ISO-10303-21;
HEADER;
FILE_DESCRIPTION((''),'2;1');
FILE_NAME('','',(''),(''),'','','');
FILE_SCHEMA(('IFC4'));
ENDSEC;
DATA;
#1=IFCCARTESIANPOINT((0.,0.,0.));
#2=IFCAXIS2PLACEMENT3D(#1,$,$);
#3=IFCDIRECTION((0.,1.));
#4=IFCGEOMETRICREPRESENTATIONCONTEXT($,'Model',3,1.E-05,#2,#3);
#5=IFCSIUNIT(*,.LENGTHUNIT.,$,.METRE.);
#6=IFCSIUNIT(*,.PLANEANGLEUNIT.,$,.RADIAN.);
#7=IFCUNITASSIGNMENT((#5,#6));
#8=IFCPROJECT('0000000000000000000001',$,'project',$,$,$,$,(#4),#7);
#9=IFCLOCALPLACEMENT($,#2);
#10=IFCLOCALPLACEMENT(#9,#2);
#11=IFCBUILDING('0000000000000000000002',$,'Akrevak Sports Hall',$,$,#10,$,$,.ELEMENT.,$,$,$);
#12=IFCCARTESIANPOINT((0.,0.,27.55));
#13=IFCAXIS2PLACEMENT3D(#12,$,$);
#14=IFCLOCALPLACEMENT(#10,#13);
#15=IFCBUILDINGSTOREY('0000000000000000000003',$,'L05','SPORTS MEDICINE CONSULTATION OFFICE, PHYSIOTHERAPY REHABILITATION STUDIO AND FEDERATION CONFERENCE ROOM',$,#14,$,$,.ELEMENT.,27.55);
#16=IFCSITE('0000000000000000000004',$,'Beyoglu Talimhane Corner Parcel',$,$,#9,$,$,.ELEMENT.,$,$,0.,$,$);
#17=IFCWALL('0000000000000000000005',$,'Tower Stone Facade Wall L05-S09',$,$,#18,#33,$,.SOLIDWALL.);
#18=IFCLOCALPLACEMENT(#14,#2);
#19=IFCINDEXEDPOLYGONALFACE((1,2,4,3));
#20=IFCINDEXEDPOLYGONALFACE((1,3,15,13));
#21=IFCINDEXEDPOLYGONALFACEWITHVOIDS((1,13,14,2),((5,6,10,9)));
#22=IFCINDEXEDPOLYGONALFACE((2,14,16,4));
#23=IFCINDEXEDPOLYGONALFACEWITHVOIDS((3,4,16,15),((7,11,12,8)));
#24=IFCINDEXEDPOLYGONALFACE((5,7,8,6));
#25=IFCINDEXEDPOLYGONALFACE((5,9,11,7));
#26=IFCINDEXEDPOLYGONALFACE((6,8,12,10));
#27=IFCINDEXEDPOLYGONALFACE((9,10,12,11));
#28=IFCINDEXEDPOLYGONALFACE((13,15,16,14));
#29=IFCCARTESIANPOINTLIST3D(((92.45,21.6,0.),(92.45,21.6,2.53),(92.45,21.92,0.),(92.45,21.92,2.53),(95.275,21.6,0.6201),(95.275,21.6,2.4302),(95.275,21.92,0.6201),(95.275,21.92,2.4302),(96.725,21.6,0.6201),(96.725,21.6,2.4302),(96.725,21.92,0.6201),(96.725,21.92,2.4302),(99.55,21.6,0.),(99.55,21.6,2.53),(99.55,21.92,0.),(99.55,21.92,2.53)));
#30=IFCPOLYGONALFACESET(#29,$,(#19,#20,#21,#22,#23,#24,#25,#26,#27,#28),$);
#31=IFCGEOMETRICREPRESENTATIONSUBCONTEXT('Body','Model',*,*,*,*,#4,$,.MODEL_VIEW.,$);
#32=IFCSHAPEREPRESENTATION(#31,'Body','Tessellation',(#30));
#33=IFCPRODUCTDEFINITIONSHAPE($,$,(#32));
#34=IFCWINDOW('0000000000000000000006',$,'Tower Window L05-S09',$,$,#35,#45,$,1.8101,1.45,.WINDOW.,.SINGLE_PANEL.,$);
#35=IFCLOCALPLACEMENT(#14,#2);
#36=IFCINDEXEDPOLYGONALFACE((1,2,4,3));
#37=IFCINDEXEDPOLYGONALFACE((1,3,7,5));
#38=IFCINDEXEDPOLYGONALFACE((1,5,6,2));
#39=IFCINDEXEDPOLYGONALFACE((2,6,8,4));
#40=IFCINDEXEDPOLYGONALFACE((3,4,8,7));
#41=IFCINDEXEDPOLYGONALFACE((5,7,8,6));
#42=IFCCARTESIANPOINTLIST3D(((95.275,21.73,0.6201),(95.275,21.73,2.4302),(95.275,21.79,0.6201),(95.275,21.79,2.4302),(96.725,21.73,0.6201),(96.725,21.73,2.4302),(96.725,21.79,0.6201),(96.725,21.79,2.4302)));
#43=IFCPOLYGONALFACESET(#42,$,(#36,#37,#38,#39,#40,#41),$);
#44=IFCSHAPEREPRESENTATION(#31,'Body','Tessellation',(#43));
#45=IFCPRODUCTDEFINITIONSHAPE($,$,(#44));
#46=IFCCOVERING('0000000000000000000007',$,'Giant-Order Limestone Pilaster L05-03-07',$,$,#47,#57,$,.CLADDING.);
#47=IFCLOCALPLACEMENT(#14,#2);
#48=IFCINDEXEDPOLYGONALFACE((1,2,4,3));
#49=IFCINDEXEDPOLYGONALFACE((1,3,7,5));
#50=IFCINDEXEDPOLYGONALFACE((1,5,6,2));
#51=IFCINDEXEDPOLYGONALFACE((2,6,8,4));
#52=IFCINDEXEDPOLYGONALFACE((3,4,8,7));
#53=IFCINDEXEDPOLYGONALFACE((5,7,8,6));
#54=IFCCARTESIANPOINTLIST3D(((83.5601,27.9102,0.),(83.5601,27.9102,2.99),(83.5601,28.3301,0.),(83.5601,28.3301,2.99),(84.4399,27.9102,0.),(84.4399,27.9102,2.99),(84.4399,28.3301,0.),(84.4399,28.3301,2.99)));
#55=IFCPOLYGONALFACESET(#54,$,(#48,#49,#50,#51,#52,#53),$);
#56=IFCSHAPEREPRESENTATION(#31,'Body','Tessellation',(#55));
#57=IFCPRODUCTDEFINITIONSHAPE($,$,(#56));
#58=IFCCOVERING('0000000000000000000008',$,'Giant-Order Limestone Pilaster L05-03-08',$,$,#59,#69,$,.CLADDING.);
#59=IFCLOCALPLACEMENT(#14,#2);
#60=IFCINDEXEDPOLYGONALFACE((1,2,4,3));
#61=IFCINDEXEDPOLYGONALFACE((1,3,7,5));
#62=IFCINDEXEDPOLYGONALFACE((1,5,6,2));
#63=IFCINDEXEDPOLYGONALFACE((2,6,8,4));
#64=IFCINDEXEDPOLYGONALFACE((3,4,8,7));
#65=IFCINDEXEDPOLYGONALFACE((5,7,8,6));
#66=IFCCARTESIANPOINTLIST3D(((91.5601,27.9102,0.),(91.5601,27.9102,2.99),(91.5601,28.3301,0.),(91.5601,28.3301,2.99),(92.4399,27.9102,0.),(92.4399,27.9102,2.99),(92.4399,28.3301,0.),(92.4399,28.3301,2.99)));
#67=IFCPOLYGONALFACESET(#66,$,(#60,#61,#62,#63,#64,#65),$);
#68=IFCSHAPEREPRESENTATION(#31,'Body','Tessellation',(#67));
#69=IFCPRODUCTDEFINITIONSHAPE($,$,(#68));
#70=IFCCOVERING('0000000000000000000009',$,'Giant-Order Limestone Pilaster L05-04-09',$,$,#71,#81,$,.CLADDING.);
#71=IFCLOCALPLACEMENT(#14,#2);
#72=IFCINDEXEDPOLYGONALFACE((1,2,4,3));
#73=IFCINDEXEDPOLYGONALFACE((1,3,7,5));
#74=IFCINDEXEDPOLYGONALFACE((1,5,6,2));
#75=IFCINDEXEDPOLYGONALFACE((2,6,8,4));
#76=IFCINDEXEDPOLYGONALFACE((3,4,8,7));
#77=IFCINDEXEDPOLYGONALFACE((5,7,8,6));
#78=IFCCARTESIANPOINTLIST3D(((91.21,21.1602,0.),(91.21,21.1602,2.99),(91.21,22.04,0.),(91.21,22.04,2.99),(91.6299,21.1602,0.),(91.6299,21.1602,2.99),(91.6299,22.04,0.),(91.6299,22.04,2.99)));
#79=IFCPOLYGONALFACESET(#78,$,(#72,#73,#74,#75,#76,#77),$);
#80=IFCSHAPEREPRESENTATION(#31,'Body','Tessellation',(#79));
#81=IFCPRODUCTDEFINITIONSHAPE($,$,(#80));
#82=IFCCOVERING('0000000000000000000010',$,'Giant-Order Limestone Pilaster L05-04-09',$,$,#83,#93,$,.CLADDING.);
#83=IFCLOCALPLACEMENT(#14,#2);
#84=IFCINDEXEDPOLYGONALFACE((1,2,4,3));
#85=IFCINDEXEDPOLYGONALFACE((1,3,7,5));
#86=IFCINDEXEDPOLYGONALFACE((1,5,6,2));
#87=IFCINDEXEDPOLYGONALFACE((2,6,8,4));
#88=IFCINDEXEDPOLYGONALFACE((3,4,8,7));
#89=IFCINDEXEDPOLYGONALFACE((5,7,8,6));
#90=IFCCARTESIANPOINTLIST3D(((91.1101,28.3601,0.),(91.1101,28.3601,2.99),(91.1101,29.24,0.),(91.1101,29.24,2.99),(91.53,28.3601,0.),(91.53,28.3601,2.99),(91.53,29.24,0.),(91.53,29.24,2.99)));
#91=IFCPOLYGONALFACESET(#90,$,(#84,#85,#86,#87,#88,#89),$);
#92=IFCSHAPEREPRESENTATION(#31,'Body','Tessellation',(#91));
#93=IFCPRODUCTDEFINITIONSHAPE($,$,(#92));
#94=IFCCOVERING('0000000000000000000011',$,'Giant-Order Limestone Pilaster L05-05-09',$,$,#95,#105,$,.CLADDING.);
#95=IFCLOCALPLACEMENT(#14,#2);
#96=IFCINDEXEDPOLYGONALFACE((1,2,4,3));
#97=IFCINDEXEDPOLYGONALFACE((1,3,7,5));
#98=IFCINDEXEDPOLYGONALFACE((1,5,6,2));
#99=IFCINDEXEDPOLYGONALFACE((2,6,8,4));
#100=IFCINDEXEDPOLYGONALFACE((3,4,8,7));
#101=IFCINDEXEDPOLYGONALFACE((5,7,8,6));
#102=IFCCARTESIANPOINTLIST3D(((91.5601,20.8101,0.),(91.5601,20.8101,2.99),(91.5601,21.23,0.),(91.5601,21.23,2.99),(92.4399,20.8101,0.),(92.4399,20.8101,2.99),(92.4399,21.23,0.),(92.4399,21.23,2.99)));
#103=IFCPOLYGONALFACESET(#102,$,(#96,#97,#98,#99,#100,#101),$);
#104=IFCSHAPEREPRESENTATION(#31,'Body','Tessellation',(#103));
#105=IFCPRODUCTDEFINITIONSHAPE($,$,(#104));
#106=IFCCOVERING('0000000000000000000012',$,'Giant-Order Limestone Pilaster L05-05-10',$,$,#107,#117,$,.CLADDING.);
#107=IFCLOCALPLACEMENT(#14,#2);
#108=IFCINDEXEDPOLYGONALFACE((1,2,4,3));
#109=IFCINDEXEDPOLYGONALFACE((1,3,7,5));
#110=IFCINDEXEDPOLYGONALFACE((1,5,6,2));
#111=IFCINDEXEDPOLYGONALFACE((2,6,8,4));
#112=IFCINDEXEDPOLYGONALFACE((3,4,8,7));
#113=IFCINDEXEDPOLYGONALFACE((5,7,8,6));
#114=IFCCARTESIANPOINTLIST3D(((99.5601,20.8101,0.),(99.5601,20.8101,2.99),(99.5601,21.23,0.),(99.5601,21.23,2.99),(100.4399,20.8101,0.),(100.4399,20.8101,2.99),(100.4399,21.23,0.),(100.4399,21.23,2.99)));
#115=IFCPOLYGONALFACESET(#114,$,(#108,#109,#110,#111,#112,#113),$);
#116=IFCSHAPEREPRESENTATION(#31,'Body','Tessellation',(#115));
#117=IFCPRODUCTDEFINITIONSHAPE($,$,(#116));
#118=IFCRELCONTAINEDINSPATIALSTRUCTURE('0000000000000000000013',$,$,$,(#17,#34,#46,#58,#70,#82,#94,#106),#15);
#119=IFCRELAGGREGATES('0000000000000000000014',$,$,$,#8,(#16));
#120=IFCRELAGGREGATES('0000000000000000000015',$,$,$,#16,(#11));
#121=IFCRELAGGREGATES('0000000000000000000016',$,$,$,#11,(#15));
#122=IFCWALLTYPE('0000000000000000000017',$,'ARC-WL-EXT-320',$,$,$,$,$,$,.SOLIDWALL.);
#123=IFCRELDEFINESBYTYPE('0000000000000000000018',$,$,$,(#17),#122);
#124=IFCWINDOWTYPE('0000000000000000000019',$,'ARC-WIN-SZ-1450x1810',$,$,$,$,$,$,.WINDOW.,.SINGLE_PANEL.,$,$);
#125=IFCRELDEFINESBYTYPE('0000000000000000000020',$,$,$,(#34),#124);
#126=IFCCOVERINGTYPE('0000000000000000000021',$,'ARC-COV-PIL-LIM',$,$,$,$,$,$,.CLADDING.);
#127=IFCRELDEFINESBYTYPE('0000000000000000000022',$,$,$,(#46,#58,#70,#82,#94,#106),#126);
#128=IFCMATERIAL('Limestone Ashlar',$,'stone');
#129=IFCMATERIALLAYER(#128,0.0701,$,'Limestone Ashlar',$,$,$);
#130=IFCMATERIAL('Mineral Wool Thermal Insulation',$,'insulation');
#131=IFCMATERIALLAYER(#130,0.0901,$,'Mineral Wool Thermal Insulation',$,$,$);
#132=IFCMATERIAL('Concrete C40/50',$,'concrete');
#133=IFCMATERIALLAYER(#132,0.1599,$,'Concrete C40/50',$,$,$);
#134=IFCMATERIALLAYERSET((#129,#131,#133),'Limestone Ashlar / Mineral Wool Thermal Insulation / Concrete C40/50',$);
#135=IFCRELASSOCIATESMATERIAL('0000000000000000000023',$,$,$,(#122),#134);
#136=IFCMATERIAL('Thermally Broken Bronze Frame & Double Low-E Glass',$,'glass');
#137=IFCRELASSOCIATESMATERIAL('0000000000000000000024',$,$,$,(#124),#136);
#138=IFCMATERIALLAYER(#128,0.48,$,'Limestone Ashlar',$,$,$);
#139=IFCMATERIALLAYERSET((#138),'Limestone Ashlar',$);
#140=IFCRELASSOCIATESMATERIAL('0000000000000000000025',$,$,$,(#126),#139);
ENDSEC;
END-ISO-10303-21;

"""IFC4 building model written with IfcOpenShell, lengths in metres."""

from ifc_helpers import new_model, si_unit, direction, frame, frame_2d, origin, origin_2d, place, context, subcontext, project, spatial, rectangle, extrude, material, layer, layer_set, type_object, element, fill, save


model = new_model("IFC4")

# Units and contexts
model_context = context("Model", 3, precision=1e-05, world=origin(), true_north=direction((0.0, 1.0)))
body_context = subcontext(model_context, "Body", "Model", "MODEL_VIEW")
ifc_project = project(units=[si_unit("LENGTHUNIT", "METRE"), si_unit("PLANEANGLEUNIT", "RADIAN")], contexts=[model_context])

# Site, building, storey
site_placement = place(None, origin())
site = spatial("IfcSite", under=ifc_project, at=site_placement, Name="Beyoglu Talimhane Corner Parcel", CompositionType="ELEMENT", RefElevation=0.0)
building_placement = place(site_placement, origin())
building = spatial("IfcBuilding", under=site, at=building_placement, Name="Akrevak Sports Hall", CompositionType="ELEMENT")
storey_placement = place(building_placement, frame((0.0, 0.0, 27.55)))
storey = spatial("IfcBuildingStorey", under=building, at=storey_placement, Name="L05", Description="SPORTS MEDICINE CONSULTATION OFFICE, PHYSIOTHERAPY REHABILITATION STUDIO AND FEDERATION CONFERENCE ROOM", CompositionType="ELEMENT", Elevation=27.55)

# Shared definitions
ifc_material_1 = material(Name="Concrete C40/50", Category="concrete")

# Wall, opening, window
ifc_material_2 = material(Name="Limestone Ashlar", Category="stone")
ifc_layer_1 = layer(ifc_material_2, 0.0701, Name="Limestone Ashlar")
ifc_material_3 = material(Name="Mineral Wool Thermal Insulation", Category="insulation")
ifc_layer_2 = layer(ifc_material_3, 0.0901, Name="Mineral Wool Thermal Insulation")
ifc_layer_3 = layer(ifc_material_1, 0.1599, Name="Concrete C40/50")
ifc_layer_set_1 = layer_set([ifc_layer_1, ifc_layer_2, ifc_layer_3], Name="Limestone Ashlar / Mineral Wool Thermal Insulation / Concrete C40/50")
wall_type = type_object("IfcWallType", Name="ARC-WL-EXT-320", PredefinedType="SOLIDWALL", material=ifc_layer_set_1)
ifc_material_4 = material(Name="Thermally Broken Bronze Frame & Double Low-E Glass", Category="glass")
wall_1_placement = place(storey_placement, frame((92.45, 21.76, 0.0), z_axis=(0.0, 0.0, 1.0), x_axis=(1.0, 0.0, 0.0)))
wall_1 = element("IfcWall", 1, at=wall_1_placement, inside=storey, type_object=wall_type, Name="Tower Stone Facade Wall L05-S09", PredefinedType="SOLIDWALL", context=body_context, shape_type="SweptSolid", body=[
    extrude(rectangle(XDim=7.1001, YDim=0.3201, at=frame_2d((3.55, 0.0))), origin(), (0.0, 0.0, 1.0), 2.53),
])
opening_1_placement = place(wall_1_placement, frame((2.825, 0.0, 0.6201)))
opening_1 = element("IfcOpeningElement", 2, at=opening_1_placement, cuts=wall_1, PredefinedType="OPENING", context=body_context, shape_type="SweptSolid", body=[
    extrude(rectangle(XDim=1.45, YDim=1.8101, at=frame_2d((0.7251, 0.905))), frame((0.0, 0.1719, 0.0), z_axis=(0.0, -1.0, 0.0), x_axis=(1.0, 0.0, 0.0)), (0.0, 0.0, 1.0), 0.344),
])
window_type_1 = type_object("IfcWindowType", Name="ARC-WIN-SZ-1450x1810", PartitioningType="SINGLE_PANEL", PredefinedType="WINDOW", material=ifc_material_4)
window_1_placement = place(opening_1_placement, origin())
window_1 = element("IfcWindow", 3, at=window_1_placement, inside=storey, type_object=window_type_1, Name="Tower Window L05-S09", OverallHeight=1.8101, OverallWidth=1.45, PartitioningType="SINGLE_PANEL", PredefinedType="WINDOW", context=body_context, shape_type="SweptSolid", body=[
    extrude(rectangle(XDim=1.45, YDim=1.8101, at=frame_2d((0.7251, 0.905))), frame((0.0, 0.03, 0.0), z_axis=(0.0, -1.0, 0.0), x_axis=(1.0, 0.0, 0.0)), (0.0, 0.0, 1.0), 0.0601),
])
fill(opening_1, window_1)

# Coverings
ifc_layer_4 = layer(ifc_material_2, 0.48, Name="Limestone Ashlar")
ifc_layer_set_2 = layer_set([ifc_layer_4], Name="Limestone Ashlar")
covering_type = type_object("IfcCoveringType", Name="ARC-COV-PIL-LIM", PredefinedType="CLADDING", material=ifc_layer_set_2)
for number, where, z_axis, x_axis, name in (
    (4, (84.0, 28.1201, 0.0), (0.0, 0.0, 1.0), (1.0, 0.0, 0.0), "Giant-Order Limestone Pilaster L05-03-07"),
    (5, (92.0, 28.1201, 0.0), (0.0, 0.0, 1.0), (1.0, 0.0, 0.0), "Giant-Order Limestone Pilaster L05-03-08"),
    (6, (91.4199, 21.6001, 0.0), (0.0, 0.0, 1.0), (0.0, -1.0, 0.0), "Giant-Order Limestone Pilaster L05-04-09"),
    (7, (91.3201, 28.8, 0.0), (0.0, 0.0, 1.0), (0.0, -1.0, 0.0), "Giant-Order Limestone Pilaster L05-04-09"),
    (8, (92.0, 21.02, 0.0), (0.0, 0.0, 1.0), (1.0, 0.0, 0.0), "Giant-Order Limestone Pilaster L05-05-09"),
    (9, (100.0, 21.02, 0.0), (0.0, 0.0, 1.0), (1.0, 0.0, 0.0), "Giant-Order Limestone Pilaster L05-05-10"),
):
    element("IfcCovering", number, at=place(storey_placement, frame(where, z_axis=z_axis, x_axis=x_axis)), inside=storey, type_object=covering_type, Name=name, PredefinedType="CLADDING", context=body_context, shape_type="SweptSolid", body=[
        extrude(rectangle(XDim=0.8799, YDim=0.4199, at=origin_2d()), origin(), (0.0, 0.0, 1.0), 2.99),
    ])

save(model, "model.ifc")
